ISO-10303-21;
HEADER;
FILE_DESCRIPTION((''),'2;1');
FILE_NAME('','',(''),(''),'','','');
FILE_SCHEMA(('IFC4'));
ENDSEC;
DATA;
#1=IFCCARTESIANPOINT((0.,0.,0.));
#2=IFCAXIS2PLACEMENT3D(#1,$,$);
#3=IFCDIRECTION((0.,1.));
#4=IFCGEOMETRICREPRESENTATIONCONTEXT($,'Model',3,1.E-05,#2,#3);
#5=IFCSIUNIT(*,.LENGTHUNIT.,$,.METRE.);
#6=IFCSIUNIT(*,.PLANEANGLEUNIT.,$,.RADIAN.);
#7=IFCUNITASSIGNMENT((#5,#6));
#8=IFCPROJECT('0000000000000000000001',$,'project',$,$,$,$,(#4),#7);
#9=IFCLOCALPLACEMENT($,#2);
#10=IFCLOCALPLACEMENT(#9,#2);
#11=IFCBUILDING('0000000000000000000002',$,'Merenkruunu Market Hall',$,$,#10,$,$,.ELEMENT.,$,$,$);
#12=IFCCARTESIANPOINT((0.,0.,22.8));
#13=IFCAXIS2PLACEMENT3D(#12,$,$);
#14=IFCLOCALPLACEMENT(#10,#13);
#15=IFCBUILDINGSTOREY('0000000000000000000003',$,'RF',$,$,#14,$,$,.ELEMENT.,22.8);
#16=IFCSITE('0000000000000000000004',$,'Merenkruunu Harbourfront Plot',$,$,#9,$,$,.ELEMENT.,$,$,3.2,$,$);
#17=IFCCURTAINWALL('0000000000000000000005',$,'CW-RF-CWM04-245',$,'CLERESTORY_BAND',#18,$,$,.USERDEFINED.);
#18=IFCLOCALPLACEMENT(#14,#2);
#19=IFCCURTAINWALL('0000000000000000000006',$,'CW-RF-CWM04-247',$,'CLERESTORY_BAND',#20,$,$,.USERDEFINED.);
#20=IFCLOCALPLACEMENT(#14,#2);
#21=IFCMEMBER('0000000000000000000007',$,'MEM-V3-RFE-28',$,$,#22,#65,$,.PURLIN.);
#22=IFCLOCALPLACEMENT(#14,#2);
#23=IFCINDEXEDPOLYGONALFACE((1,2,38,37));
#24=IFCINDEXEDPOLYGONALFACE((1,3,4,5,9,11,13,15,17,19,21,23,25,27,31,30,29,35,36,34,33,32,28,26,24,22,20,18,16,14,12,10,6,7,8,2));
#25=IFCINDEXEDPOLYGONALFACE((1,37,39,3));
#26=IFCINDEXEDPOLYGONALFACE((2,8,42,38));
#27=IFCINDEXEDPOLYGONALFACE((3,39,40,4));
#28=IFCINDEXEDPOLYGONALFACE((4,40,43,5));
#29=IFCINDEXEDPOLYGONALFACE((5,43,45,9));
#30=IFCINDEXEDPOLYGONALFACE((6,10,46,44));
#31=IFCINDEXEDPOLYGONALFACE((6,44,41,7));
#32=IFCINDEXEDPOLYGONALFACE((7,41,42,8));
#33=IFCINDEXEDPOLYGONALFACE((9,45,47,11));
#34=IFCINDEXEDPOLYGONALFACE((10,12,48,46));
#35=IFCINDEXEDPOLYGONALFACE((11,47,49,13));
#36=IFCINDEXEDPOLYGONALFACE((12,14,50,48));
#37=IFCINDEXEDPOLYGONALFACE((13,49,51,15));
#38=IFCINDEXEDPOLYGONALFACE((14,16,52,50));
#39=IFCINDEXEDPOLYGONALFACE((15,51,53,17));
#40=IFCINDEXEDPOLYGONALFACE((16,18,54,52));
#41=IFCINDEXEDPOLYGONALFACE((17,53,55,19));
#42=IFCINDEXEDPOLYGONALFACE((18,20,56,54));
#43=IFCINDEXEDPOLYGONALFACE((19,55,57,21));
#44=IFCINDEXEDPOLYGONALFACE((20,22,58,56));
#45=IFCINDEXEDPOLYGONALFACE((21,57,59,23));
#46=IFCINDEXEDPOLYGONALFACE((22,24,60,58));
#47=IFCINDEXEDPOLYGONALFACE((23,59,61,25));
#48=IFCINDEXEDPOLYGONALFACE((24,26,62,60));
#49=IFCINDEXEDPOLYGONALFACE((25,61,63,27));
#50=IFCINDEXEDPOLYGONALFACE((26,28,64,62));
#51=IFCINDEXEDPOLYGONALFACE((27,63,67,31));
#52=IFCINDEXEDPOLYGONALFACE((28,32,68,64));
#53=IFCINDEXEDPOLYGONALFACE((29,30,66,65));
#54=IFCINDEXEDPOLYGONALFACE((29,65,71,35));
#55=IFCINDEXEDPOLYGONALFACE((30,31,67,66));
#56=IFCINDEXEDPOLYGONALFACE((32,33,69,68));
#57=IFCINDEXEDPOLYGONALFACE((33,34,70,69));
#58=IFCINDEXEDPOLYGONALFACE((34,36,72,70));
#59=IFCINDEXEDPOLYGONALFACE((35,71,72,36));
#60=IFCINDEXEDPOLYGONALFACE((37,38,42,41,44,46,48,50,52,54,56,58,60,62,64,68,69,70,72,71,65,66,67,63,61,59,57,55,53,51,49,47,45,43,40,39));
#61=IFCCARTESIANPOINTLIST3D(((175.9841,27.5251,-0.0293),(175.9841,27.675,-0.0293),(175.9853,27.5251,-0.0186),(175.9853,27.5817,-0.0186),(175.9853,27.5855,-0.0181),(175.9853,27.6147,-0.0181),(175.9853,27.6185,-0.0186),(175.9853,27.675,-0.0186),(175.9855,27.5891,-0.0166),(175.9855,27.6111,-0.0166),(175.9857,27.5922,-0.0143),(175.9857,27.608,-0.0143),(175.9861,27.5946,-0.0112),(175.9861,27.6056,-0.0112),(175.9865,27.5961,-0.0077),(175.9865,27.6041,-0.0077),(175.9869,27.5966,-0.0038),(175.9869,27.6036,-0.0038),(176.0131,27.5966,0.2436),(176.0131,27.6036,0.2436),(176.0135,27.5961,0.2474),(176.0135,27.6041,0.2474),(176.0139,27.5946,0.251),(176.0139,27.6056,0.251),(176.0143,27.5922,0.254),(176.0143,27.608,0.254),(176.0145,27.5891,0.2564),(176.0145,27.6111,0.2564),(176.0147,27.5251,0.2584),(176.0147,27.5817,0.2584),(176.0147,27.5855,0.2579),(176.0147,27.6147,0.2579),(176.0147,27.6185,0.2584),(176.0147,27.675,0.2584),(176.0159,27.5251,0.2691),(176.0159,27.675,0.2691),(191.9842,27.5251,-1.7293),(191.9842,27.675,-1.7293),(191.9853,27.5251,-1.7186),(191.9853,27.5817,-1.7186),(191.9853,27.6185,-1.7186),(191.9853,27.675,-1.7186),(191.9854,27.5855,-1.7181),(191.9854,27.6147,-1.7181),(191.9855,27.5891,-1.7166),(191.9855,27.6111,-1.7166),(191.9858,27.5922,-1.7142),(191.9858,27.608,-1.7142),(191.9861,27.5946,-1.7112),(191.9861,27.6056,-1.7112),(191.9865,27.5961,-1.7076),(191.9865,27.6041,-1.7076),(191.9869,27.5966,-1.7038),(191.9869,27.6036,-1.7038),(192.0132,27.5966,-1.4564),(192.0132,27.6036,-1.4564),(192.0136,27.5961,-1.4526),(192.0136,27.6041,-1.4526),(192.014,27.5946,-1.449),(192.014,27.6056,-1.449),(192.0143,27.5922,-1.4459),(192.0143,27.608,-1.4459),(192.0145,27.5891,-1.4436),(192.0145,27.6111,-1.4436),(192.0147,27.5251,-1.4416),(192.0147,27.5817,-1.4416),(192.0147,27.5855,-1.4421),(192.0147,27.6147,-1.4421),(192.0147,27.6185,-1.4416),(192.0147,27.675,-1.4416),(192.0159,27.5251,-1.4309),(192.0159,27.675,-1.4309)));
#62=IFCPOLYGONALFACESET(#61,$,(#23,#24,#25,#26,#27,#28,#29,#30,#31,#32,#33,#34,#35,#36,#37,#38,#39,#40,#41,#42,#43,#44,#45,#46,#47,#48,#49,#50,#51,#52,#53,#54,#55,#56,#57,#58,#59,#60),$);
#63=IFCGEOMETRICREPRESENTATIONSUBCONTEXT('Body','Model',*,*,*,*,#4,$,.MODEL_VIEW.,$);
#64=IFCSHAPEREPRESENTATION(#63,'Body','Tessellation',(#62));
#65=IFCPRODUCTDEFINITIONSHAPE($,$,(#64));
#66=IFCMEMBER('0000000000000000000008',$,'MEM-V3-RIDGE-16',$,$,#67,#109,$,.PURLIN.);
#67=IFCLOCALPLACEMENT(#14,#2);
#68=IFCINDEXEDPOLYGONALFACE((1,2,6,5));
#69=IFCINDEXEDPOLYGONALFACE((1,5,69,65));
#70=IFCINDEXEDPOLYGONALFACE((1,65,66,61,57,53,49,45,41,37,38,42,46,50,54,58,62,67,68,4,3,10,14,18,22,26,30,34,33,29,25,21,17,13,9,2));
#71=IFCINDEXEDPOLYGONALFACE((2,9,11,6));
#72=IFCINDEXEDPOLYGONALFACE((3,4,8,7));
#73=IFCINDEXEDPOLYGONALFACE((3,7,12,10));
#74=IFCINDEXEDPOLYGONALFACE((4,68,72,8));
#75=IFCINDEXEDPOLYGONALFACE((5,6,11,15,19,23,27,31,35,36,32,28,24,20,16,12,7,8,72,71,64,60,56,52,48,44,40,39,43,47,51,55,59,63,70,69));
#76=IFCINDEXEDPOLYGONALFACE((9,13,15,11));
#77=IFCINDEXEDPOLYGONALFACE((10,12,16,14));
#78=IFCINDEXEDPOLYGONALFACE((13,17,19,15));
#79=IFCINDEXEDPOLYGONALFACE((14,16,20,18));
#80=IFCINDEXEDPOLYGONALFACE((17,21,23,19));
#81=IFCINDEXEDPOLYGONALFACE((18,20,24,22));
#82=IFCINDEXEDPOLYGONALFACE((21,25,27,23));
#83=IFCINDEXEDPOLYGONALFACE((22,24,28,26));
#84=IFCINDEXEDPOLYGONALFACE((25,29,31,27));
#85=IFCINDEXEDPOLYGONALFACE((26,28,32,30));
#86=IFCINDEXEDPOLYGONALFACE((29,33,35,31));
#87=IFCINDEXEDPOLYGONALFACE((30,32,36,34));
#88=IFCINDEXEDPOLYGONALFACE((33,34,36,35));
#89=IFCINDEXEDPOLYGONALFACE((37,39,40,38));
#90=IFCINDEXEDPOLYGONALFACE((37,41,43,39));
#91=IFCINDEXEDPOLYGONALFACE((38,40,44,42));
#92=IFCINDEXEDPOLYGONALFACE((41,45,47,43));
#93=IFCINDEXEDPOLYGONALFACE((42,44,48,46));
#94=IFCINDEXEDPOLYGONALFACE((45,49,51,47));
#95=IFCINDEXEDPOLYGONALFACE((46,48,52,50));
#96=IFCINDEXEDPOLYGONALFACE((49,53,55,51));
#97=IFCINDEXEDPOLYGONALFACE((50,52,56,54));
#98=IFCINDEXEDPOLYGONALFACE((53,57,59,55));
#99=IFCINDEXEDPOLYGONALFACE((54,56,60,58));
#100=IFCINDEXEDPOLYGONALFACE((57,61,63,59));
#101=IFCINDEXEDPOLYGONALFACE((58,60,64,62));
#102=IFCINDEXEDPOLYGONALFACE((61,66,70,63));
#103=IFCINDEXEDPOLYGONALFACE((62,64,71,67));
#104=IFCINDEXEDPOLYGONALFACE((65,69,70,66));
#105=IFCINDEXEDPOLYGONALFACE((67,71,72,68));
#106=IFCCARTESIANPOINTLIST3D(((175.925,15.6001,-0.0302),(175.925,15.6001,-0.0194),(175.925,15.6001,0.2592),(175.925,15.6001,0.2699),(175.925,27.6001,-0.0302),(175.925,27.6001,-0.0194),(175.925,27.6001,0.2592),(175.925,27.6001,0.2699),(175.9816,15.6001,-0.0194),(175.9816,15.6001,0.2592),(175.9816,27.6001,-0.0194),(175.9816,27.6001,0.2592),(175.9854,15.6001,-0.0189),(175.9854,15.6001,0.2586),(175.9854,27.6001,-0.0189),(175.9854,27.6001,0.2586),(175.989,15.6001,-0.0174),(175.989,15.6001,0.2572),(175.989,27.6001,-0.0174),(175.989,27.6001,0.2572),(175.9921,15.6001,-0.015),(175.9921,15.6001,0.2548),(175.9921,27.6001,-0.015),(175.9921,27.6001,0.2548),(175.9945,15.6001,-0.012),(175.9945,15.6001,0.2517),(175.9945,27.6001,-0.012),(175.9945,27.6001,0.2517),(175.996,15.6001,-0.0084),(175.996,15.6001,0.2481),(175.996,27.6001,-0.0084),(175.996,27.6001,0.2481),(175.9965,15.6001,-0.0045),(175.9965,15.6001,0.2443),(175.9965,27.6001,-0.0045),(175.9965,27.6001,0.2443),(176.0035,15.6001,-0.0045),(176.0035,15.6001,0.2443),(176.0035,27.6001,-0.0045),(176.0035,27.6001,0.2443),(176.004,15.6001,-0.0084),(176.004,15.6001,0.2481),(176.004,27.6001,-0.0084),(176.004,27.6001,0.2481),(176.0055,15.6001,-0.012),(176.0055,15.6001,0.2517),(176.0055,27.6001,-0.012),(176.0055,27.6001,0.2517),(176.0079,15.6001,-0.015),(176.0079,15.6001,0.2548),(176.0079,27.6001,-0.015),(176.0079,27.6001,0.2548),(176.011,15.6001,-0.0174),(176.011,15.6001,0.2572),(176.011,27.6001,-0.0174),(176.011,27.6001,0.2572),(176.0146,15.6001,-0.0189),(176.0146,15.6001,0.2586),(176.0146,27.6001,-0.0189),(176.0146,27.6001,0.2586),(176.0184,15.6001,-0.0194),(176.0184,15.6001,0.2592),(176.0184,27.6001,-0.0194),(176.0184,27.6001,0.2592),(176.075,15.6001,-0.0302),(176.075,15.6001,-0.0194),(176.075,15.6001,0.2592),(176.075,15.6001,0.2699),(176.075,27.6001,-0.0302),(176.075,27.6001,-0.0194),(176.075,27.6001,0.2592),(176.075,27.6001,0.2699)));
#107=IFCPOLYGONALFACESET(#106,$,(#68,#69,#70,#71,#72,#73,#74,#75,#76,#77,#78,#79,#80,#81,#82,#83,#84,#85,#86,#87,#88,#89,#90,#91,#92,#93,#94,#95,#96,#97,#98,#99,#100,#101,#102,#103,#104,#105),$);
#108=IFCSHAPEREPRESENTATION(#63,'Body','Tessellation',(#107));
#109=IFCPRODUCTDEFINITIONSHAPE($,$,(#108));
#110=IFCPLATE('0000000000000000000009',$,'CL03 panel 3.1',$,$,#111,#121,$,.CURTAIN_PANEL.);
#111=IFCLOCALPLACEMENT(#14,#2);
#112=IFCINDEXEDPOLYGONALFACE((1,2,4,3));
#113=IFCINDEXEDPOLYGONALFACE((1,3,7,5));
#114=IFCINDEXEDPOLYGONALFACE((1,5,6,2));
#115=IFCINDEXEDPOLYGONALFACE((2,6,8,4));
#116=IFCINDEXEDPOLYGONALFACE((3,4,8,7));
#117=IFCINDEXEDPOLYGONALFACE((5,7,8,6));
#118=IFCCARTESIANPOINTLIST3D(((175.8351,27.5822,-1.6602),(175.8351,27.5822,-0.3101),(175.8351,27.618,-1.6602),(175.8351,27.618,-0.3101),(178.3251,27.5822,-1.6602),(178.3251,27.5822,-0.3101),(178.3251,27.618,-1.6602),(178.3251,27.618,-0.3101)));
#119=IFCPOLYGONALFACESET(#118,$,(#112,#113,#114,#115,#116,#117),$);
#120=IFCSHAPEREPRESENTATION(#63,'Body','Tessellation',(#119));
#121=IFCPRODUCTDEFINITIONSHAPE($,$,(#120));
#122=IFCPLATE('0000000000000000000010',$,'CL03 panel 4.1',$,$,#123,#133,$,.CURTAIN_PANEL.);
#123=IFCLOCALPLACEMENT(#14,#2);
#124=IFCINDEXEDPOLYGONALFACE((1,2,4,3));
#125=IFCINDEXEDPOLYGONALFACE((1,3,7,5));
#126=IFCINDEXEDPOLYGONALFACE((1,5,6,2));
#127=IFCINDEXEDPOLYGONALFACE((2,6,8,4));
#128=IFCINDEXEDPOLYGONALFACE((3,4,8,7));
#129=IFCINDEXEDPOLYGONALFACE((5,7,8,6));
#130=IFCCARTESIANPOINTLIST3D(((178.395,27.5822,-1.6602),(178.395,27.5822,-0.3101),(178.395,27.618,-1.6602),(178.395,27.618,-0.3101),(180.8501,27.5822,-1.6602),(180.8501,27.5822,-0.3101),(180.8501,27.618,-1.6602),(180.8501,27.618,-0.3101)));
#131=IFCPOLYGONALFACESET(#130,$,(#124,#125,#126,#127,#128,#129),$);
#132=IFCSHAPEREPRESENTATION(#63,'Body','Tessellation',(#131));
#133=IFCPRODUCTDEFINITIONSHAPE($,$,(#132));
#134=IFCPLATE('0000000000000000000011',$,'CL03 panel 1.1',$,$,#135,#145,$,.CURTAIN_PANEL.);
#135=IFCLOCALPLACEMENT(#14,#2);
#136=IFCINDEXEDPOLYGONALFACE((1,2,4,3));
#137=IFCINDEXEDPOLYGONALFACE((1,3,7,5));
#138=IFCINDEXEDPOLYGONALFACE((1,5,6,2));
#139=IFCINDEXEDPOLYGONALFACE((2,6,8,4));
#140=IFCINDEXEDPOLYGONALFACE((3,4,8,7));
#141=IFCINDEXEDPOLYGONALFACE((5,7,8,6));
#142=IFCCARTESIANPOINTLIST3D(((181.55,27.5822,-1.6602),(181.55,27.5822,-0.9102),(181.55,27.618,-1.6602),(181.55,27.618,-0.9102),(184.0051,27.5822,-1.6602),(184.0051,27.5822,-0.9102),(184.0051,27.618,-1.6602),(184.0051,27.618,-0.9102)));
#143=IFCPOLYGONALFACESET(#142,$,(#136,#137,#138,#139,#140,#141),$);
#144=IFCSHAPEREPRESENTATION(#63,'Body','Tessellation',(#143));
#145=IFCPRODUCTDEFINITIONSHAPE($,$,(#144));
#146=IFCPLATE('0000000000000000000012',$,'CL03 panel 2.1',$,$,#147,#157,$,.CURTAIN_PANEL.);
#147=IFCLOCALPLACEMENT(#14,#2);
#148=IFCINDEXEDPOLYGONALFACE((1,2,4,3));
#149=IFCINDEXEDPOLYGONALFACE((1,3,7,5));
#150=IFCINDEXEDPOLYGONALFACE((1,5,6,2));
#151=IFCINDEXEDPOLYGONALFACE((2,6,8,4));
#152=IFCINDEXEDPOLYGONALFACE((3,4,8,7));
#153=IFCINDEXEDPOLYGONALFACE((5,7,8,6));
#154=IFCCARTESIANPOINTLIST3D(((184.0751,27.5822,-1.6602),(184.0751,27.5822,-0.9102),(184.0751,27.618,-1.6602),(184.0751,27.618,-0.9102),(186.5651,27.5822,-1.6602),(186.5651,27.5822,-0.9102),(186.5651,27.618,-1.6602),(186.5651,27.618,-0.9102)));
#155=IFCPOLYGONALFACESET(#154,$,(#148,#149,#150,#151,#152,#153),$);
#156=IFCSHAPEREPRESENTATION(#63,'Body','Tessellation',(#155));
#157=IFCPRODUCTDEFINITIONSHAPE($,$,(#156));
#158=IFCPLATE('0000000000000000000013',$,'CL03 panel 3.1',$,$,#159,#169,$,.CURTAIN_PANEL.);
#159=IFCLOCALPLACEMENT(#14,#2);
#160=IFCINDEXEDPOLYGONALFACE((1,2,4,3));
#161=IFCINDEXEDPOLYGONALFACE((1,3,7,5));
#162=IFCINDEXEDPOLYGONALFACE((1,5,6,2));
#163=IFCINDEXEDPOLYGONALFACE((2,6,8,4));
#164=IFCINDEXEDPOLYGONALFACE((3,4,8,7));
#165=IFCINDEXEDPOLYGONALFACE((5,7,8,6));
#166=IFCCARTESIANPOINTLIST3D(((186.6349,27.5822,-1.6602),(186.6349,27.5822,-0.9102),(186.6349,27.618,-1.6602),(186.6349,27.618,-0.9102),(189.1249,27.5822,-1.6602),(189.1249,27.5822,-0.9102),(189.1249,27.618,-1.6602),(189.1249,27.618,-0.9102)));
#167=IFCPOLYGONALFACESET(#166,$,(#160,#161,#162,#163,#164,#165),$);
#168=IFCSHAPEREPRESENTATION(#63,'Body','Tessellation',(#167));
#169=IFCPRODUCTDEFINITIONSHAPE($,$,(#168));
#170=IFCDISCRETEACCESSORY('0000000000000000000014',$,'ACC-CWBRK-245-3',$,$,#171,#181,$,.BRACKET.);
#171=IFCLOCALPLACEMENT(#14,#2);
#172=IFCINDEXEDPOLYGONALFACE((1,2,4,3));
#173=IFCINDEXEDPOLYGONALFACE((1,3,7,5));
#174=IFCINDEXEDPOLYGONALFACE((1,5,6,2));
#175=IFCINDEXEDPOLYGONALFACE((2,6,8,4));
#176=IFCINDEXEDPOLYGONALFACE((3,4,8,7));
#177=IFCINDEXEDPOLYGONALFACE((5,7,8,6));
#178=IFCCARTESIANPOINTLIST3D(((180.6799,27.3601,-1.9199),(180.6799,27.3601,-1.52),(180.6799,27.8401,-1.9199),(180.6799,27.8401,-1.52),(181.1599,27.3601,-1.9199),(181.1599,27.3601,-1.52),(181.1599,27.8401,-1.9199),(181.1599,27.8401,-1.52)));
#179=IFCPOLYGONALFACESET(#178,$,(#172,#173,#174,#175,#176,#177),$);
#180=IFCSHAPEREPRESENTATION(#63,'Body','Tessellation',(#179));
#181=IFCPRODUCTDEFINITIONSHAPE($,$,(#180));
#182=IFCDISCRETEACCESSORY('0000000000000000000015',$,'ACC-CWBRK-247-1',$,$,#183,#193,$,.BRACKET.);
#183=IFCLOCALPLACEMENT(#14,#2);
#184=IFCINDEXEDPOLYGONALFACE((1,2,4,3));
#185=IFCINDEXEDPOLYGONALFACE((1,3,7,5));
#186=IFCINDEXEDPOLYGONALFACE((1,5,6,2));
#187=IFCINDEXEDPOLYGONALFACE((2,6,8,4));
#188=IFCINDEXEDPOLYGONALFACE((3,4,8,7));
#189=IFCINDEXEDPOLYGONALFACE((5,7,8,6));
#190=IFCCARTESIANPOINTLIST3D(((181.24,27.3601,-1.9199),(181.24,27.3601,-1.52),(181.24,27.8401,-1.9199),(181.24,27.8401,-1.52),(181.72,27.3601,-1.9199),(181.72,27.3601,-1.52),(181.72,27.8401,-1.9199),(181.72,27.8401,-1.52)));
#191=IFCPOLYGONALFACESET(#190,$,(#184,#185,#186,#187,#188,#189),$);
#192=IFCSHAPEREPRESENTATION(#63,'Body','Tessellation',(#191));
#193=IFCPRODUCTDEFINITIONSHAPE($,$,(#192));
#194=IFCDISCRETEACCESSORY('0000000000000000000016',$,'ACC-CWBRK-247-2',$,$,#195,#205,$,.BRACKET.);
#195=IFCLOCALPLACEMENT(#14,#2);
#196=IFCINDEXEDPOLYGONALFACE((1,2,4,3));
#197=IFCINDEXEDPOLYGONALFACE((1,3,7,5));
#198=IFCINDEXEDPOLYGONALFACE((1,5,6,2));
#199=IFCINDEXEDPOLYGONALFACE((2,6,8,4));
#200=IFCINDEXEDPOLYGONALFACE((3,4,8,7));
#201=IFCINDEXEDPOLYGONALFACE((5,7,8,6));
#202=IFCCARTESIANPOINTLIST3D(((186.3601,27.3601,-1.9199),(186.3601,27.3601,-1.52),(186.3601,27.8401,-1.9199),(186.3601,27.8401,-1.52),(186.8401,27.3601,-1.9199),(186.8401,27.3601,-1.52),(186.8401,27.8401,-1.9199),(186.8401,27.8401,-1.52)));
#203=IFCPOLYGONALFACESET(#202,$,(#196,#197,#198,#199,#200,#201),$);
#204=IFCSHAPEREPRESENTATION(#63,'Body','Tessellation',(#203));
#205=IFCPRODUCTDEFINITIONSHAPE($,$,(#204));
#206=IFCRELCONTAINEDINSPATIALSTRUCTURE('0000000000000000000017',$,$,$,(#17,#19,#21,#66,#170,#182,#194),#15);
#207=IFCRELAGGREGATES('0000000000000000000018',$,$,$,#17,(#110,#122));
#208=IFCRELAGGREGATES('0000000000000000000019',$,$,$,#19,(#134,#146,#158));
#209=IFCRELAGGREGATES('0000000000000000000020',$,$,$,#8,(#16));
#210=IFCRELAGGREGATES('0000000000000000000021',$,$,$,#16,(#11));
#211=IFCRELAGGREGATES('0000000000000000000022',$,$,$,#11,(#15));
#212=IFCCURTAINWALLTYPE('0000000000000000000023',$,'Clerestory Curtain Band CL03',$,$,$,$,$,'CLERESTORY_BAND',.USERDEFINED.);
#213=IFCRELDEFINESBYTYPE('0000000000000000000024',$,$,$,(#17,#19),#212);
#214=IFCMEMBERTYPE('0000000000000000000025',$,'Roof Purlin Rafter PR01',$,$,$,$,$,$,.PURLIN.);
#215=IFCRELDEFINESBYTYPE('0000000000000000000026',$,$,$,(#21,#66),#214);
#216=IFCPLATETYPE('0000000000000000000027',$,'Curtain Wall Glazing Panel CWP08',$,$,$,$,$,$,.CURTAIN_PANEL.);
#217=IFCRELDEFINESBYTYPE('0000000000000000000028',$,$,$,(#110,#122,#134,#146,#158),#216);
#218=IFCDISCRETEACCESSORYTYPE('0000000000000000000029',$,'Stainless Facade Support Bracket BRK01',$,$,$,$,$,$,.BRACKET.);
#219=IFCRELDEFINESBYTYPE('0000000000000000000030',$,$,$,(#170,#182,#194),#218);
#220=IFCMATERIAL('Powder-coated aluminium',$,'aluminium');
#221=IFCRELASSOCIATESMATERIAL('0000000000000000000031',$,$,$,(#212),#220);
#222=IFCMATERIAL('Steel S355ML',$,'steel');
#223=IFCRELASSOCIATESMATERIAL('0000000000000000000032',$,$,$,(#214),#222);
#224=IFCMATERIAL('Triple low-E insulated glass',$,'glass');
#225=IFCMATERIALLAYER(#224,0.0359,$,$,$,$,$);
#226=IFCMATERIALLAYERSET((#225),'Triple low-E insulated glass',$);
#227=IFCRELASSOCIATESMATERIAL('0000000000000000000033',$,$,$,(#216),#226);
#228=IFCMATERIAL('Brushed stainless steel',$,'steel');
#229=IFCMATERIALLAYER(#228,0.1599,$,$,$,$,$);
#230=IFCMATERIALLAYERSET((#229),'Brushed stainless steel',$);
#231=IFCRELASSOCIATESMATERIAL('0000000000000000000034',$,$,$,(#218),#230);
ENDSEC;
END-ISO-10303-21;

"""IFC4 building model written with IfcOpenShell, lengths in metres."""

from ifc_helpers import new_model, si_unit, direction, frame, origin, origin_2d, place, context, subcontext, project, spatial, rectangle, i_section, extrude, material, layer, layer_set, material_profile, profile_set, type_object, element, aggregate, save


model = new_model("IFC4")

# Units and contexts
model_context = context("Model", 3, precision=1e-05, world=origin(), true_north=direction((0.0, 1.0)))
body_context = subcontext(model_context, "Body", "Model", "MODEL_VIEW")
ifc_project = project(units=[si_unit("LENGTHUNIT", "METRE"), si_unit("PLANEANGLEUNIT", "RADIAN")], contexts=[model_context])

# Site, building, storey
site_placement = place(None, origin())
site = spatial("IfcSite", under=ifc_project, at=site_placement, Name="Merenkruunu Harbourfront Plot", CompositionType="ELEMENT", RefElevation=3.2)
building_placement = place(site_placement, origin())
building = spatial("IfcBuilding", under=site, at=building_placement, Name="Merenkruunu Market Hall", CompositionType="ELEMENT")
storey_placement = place(building_placement, frame((0.0, 0.0, 22.8)))
storey = spatial("IfcBuildingStorey", under=building, at=storey_placement, Name="RF", CompositionType="ELEMENT", Elevation=22.8)

# Curtain walls
ifc_material_1 = material(Name="Powder-coated aluminium", Category="aluminium")
curtain_wall_type = type_object("IfcCurtainWallType", Name="Clerestory Curtain Band CL03", ElementType="CLERESTORY_BAND", PredefinedType="USERDEFINED", material=ifc_material_1)
curtain_wall_1_placement = place(storey_placement, origin())
curtain_wall_1 = element("IfcCurtainWall", 1, at=curtain_wall_1_placement, inside=storey, type_object=curtain_wall_type, Name="CW-RF-CWM04-245", ObjectType="CLERESTORY_BAND", PredefinedType="USERDEFINED")
curtain_wall_2_placement = place(storey_placement, origin())
curtain_wall_2 = element("IfcCurtainWall", 2, at=curtain_wall_2_placement, inside=storey, type_object=curtain_wall_type, Name="CW-RF-CWM04-247", ObjectType="CLERESTORY_BAND", PredefinedType="USERDEFINED")

# Members
ifc_material_2 = material(Name="Steel S355ML", Category="steel")
ifc_material_profile_1 = material_profile(ifc_material_2, i_section(OverallWidth=0.1499, OverallDepth=0.3, WebThickness=0.0071, FlangeThickness=0.0107, FilletRadius=0.0149, at=origin_2d()), Name="IPE 300")
ifc_profile_set_1 = profile_set([ifc_material_profile_1], Name="Steel S355ML")
member_type_1 = type_object("IfcMemberType", Name="Roof Purlin Rafter PR01", PredefinedType="PURLIN", material=ifc_profile_set_1)
for number, where, z_axis, x_axis, name in (
    (3, (176.0, 27.6001, 0.1199), (0.994403, 0.0, -0.105652), (0.0, 1.0, 0.0), "MEM-V3-RFE-28"),
):
    element("IfcMember", number, at=place(storey_placement, frame(where, z_axis=z_axis, x_axis=x_axis)), inside=storey, type_object=member_type_1, Name=name, PredefinedType="PURLIN", context=body_context, shape_type="SweptSolid", body=[
        extrude(i_section(OverallWidth=0.1499, OverallDepth=0.3, WebThickness=0.0071, FlangeThickness=0.0107, FilletRadius=0.0149, at=origin_2d()), origin(), (0.0, 0.0, 1.0), 16.0901),
    ])
member_1_placement = place(storey_placement, frame((176.0, 15.6001, 0.1199), z_axis=(0.0, 1.0, 0.0), x_axis=(-1.0, 0.0, 0.0)))
element("IfcMember", 4, at=member_1_placement, inside=storey, type_object=member_type_1, Name="MEM-V3-RIDGE-16", PredefinedType="PURLIN", context=body_context, shape_type="SweptSolid", body=[
    extrude(i_section(OverallWidth=0.1499, OverallDepth=0.3, WebThickness=0.0071, FlangeThickness=0.0107, FilletRadius=0.0149, at=origin_2d()), origin(), (0.0, 0.0, 1.0), 12.0),
])

# Plates
ifc_material_3 = material(Name="Triple low-E insulated glass", Category="glass")
ifc_layer_1 = layer(ifc_material_3, 0.0359)
ifc_layer_set_1 = layer_set([ifc_layer_1], Name="Triple low-E insulated glass")
plate_type = type_object("IfcPlateType", Name="Curtain Wall Glazing Panel CWP08", PredefinedType="CURTAIN_PANEL", material=ifc_layer_set_1)
plate_1_placement = place(storey_placement, frame((177.0801, 27.6001, -1.6602), z_axis=(0.0, 0.0, 1.0), x_axis=(1.0, 0.0, 0.0)))
plate_1 = element("IfcPlate", 5, at=plate_1_placement, type_object=plate_type, Name="CL03 panel 3.1", PredefinedType="CURTAIN_PANEL", context=body_context, shape_type="SweptSolid", body=[
    extrude(rectangle(XDim=2.49, YDim=0.0359, at=origin_2d()), origin(), (0.0, 0.0, 1.0), 1.3501),
])
plate_2_placement = place(storey_placement, frame((179.6226, 27.6001, -1.6602), z_axis=(0.0, 0.0, 1.0), x_axis=(1.0, 0.0, 0.0)))
plate_2 = element("IfcPlate", 6, at=plate_2_placement, type_object=plate_type, Name="CL03 panel 4.1", PredefinedType="CURTAIN_PANEL", context=body_context, shape_type="SweptSolid", body=[
    extrude(rectangle(XDim=2.4551, YDim=0.0359, at=origin_2d()), origin(), (0.0, 0.0, 1.0), 1.3501),
])
aggregate(curtain_wall_1, [plate_1, plate_2])
plate_3_placement = place(storey_placement, frame((182.7776, 27.6001, -1.6602), z_axis=(0.0, 0.0, 1.0), x_axis=(1.0, 0.0, 0.0)))
plate_3 = element("IfcPlate", 7, at=plate_3_placement, type_object=plate_type, Name="CL03 panel 1.1", PredefinedType="CURTAIN_PANEL", context=body_context, shape_type="SweptSolid", body=[
    extrude(rectangle(XDim=2.4551, YDim=0.0359, at=origin_2d()), origin(), (0.0, 0.0, 1.0), 0.75),
])
plate_4_placement = place(storey_placement, frame((185.3201, 27.6001, -1.6602), z_axis=(0.0, 0.0, 1.0), x_axis=(1.0, 0.0, 0.0)))
plate_4 = element("IfcPlate", 8, at=plate_4_placement, type_object=plate_type, Name="CL03 panel 2.1", PredefinedType="CURTAIN_PANEL", context=body_context, shape_type="SweptSolid", body=[
    extrude(rectangle(XDim=2.49, YDim=0.0359, at=origin_2d()), origin(), (0.0, 0.0, 1.0), 0.75),
])
plate_5_placement = place(storey_placement, frame((187.8799, 27.6001, -1.6602), z_axis=(0.0, 0.0, 1.0), x_axis=(1.0, 0.0, 0.0)))
plate_5 = element("IfcPlate", 9, at=plate_5_placement, type_object=plate_type, Name="CL03 panel 3.1", PredefinedType="CURTAIN_PANEL", context=body_context, shape_type="SweptSolid", body=[
    extrude(rectangle(XDim=2.49, YDim=0.0359, at=origin_2d()), origin(), (0.0, 0.0, 1.0), 0.75),
])
aggregate(curtain_wall_2, [plate_3, plate_4, plate_5])

# Discrete accessories
ifc_material_4 = material(Name="Brushed stainless steel", Category="steel")
ifc_layer_2 = layer(ifc_material_4, 0.1599)
ifc_layer_set_2 = layer_set([ifc_layer_2], Name="Brushed stainless steel")
discrete_accessory_type = type_object("IfcDiscreteAccessoryType", Name="Stainless Facade Support Bracket BRK01", PredefinedType="BRACKET", material=ifc_layer_set_2)
for number, where, z_axis, x_axis, name in (
    (10, (180.9199, 27.6001, -1.9199), (0.0, 0.0, 1.0), (1.0, 0.0, 0.0), "ACC-CWBRK-245-3"),
    (11, (181.48, 27.6001, -1.9199), (0.0, 0.0, 1.0), (1.0, 0.0, 0.0), "ACC-CWBRK-247-1"),
    (12, (186.6001, 27.6001, -1.9199), (0.0, 0.0, 1.0), (1.0, 0.0, 0.0), "ACC-CWBRK-247-2"),
):
    element("IfcDiscreteAccessory", number, at=place(storey_placement, frame(where, z_axis=z_axis, x_axis=x_axis)), inside=storey, type_object=discrete_accessory_type, Name=name, PredefinedType="BRACKET", context=body_context, shape_type="SweptSolid", body=[
        extrude(rectangle(XDim=0.48, YDim=0.48, at=origin_2d()), origin(), (0.0, 0.0, 1.0), 0.3999),
    ])

save(model, "model.ifc")
